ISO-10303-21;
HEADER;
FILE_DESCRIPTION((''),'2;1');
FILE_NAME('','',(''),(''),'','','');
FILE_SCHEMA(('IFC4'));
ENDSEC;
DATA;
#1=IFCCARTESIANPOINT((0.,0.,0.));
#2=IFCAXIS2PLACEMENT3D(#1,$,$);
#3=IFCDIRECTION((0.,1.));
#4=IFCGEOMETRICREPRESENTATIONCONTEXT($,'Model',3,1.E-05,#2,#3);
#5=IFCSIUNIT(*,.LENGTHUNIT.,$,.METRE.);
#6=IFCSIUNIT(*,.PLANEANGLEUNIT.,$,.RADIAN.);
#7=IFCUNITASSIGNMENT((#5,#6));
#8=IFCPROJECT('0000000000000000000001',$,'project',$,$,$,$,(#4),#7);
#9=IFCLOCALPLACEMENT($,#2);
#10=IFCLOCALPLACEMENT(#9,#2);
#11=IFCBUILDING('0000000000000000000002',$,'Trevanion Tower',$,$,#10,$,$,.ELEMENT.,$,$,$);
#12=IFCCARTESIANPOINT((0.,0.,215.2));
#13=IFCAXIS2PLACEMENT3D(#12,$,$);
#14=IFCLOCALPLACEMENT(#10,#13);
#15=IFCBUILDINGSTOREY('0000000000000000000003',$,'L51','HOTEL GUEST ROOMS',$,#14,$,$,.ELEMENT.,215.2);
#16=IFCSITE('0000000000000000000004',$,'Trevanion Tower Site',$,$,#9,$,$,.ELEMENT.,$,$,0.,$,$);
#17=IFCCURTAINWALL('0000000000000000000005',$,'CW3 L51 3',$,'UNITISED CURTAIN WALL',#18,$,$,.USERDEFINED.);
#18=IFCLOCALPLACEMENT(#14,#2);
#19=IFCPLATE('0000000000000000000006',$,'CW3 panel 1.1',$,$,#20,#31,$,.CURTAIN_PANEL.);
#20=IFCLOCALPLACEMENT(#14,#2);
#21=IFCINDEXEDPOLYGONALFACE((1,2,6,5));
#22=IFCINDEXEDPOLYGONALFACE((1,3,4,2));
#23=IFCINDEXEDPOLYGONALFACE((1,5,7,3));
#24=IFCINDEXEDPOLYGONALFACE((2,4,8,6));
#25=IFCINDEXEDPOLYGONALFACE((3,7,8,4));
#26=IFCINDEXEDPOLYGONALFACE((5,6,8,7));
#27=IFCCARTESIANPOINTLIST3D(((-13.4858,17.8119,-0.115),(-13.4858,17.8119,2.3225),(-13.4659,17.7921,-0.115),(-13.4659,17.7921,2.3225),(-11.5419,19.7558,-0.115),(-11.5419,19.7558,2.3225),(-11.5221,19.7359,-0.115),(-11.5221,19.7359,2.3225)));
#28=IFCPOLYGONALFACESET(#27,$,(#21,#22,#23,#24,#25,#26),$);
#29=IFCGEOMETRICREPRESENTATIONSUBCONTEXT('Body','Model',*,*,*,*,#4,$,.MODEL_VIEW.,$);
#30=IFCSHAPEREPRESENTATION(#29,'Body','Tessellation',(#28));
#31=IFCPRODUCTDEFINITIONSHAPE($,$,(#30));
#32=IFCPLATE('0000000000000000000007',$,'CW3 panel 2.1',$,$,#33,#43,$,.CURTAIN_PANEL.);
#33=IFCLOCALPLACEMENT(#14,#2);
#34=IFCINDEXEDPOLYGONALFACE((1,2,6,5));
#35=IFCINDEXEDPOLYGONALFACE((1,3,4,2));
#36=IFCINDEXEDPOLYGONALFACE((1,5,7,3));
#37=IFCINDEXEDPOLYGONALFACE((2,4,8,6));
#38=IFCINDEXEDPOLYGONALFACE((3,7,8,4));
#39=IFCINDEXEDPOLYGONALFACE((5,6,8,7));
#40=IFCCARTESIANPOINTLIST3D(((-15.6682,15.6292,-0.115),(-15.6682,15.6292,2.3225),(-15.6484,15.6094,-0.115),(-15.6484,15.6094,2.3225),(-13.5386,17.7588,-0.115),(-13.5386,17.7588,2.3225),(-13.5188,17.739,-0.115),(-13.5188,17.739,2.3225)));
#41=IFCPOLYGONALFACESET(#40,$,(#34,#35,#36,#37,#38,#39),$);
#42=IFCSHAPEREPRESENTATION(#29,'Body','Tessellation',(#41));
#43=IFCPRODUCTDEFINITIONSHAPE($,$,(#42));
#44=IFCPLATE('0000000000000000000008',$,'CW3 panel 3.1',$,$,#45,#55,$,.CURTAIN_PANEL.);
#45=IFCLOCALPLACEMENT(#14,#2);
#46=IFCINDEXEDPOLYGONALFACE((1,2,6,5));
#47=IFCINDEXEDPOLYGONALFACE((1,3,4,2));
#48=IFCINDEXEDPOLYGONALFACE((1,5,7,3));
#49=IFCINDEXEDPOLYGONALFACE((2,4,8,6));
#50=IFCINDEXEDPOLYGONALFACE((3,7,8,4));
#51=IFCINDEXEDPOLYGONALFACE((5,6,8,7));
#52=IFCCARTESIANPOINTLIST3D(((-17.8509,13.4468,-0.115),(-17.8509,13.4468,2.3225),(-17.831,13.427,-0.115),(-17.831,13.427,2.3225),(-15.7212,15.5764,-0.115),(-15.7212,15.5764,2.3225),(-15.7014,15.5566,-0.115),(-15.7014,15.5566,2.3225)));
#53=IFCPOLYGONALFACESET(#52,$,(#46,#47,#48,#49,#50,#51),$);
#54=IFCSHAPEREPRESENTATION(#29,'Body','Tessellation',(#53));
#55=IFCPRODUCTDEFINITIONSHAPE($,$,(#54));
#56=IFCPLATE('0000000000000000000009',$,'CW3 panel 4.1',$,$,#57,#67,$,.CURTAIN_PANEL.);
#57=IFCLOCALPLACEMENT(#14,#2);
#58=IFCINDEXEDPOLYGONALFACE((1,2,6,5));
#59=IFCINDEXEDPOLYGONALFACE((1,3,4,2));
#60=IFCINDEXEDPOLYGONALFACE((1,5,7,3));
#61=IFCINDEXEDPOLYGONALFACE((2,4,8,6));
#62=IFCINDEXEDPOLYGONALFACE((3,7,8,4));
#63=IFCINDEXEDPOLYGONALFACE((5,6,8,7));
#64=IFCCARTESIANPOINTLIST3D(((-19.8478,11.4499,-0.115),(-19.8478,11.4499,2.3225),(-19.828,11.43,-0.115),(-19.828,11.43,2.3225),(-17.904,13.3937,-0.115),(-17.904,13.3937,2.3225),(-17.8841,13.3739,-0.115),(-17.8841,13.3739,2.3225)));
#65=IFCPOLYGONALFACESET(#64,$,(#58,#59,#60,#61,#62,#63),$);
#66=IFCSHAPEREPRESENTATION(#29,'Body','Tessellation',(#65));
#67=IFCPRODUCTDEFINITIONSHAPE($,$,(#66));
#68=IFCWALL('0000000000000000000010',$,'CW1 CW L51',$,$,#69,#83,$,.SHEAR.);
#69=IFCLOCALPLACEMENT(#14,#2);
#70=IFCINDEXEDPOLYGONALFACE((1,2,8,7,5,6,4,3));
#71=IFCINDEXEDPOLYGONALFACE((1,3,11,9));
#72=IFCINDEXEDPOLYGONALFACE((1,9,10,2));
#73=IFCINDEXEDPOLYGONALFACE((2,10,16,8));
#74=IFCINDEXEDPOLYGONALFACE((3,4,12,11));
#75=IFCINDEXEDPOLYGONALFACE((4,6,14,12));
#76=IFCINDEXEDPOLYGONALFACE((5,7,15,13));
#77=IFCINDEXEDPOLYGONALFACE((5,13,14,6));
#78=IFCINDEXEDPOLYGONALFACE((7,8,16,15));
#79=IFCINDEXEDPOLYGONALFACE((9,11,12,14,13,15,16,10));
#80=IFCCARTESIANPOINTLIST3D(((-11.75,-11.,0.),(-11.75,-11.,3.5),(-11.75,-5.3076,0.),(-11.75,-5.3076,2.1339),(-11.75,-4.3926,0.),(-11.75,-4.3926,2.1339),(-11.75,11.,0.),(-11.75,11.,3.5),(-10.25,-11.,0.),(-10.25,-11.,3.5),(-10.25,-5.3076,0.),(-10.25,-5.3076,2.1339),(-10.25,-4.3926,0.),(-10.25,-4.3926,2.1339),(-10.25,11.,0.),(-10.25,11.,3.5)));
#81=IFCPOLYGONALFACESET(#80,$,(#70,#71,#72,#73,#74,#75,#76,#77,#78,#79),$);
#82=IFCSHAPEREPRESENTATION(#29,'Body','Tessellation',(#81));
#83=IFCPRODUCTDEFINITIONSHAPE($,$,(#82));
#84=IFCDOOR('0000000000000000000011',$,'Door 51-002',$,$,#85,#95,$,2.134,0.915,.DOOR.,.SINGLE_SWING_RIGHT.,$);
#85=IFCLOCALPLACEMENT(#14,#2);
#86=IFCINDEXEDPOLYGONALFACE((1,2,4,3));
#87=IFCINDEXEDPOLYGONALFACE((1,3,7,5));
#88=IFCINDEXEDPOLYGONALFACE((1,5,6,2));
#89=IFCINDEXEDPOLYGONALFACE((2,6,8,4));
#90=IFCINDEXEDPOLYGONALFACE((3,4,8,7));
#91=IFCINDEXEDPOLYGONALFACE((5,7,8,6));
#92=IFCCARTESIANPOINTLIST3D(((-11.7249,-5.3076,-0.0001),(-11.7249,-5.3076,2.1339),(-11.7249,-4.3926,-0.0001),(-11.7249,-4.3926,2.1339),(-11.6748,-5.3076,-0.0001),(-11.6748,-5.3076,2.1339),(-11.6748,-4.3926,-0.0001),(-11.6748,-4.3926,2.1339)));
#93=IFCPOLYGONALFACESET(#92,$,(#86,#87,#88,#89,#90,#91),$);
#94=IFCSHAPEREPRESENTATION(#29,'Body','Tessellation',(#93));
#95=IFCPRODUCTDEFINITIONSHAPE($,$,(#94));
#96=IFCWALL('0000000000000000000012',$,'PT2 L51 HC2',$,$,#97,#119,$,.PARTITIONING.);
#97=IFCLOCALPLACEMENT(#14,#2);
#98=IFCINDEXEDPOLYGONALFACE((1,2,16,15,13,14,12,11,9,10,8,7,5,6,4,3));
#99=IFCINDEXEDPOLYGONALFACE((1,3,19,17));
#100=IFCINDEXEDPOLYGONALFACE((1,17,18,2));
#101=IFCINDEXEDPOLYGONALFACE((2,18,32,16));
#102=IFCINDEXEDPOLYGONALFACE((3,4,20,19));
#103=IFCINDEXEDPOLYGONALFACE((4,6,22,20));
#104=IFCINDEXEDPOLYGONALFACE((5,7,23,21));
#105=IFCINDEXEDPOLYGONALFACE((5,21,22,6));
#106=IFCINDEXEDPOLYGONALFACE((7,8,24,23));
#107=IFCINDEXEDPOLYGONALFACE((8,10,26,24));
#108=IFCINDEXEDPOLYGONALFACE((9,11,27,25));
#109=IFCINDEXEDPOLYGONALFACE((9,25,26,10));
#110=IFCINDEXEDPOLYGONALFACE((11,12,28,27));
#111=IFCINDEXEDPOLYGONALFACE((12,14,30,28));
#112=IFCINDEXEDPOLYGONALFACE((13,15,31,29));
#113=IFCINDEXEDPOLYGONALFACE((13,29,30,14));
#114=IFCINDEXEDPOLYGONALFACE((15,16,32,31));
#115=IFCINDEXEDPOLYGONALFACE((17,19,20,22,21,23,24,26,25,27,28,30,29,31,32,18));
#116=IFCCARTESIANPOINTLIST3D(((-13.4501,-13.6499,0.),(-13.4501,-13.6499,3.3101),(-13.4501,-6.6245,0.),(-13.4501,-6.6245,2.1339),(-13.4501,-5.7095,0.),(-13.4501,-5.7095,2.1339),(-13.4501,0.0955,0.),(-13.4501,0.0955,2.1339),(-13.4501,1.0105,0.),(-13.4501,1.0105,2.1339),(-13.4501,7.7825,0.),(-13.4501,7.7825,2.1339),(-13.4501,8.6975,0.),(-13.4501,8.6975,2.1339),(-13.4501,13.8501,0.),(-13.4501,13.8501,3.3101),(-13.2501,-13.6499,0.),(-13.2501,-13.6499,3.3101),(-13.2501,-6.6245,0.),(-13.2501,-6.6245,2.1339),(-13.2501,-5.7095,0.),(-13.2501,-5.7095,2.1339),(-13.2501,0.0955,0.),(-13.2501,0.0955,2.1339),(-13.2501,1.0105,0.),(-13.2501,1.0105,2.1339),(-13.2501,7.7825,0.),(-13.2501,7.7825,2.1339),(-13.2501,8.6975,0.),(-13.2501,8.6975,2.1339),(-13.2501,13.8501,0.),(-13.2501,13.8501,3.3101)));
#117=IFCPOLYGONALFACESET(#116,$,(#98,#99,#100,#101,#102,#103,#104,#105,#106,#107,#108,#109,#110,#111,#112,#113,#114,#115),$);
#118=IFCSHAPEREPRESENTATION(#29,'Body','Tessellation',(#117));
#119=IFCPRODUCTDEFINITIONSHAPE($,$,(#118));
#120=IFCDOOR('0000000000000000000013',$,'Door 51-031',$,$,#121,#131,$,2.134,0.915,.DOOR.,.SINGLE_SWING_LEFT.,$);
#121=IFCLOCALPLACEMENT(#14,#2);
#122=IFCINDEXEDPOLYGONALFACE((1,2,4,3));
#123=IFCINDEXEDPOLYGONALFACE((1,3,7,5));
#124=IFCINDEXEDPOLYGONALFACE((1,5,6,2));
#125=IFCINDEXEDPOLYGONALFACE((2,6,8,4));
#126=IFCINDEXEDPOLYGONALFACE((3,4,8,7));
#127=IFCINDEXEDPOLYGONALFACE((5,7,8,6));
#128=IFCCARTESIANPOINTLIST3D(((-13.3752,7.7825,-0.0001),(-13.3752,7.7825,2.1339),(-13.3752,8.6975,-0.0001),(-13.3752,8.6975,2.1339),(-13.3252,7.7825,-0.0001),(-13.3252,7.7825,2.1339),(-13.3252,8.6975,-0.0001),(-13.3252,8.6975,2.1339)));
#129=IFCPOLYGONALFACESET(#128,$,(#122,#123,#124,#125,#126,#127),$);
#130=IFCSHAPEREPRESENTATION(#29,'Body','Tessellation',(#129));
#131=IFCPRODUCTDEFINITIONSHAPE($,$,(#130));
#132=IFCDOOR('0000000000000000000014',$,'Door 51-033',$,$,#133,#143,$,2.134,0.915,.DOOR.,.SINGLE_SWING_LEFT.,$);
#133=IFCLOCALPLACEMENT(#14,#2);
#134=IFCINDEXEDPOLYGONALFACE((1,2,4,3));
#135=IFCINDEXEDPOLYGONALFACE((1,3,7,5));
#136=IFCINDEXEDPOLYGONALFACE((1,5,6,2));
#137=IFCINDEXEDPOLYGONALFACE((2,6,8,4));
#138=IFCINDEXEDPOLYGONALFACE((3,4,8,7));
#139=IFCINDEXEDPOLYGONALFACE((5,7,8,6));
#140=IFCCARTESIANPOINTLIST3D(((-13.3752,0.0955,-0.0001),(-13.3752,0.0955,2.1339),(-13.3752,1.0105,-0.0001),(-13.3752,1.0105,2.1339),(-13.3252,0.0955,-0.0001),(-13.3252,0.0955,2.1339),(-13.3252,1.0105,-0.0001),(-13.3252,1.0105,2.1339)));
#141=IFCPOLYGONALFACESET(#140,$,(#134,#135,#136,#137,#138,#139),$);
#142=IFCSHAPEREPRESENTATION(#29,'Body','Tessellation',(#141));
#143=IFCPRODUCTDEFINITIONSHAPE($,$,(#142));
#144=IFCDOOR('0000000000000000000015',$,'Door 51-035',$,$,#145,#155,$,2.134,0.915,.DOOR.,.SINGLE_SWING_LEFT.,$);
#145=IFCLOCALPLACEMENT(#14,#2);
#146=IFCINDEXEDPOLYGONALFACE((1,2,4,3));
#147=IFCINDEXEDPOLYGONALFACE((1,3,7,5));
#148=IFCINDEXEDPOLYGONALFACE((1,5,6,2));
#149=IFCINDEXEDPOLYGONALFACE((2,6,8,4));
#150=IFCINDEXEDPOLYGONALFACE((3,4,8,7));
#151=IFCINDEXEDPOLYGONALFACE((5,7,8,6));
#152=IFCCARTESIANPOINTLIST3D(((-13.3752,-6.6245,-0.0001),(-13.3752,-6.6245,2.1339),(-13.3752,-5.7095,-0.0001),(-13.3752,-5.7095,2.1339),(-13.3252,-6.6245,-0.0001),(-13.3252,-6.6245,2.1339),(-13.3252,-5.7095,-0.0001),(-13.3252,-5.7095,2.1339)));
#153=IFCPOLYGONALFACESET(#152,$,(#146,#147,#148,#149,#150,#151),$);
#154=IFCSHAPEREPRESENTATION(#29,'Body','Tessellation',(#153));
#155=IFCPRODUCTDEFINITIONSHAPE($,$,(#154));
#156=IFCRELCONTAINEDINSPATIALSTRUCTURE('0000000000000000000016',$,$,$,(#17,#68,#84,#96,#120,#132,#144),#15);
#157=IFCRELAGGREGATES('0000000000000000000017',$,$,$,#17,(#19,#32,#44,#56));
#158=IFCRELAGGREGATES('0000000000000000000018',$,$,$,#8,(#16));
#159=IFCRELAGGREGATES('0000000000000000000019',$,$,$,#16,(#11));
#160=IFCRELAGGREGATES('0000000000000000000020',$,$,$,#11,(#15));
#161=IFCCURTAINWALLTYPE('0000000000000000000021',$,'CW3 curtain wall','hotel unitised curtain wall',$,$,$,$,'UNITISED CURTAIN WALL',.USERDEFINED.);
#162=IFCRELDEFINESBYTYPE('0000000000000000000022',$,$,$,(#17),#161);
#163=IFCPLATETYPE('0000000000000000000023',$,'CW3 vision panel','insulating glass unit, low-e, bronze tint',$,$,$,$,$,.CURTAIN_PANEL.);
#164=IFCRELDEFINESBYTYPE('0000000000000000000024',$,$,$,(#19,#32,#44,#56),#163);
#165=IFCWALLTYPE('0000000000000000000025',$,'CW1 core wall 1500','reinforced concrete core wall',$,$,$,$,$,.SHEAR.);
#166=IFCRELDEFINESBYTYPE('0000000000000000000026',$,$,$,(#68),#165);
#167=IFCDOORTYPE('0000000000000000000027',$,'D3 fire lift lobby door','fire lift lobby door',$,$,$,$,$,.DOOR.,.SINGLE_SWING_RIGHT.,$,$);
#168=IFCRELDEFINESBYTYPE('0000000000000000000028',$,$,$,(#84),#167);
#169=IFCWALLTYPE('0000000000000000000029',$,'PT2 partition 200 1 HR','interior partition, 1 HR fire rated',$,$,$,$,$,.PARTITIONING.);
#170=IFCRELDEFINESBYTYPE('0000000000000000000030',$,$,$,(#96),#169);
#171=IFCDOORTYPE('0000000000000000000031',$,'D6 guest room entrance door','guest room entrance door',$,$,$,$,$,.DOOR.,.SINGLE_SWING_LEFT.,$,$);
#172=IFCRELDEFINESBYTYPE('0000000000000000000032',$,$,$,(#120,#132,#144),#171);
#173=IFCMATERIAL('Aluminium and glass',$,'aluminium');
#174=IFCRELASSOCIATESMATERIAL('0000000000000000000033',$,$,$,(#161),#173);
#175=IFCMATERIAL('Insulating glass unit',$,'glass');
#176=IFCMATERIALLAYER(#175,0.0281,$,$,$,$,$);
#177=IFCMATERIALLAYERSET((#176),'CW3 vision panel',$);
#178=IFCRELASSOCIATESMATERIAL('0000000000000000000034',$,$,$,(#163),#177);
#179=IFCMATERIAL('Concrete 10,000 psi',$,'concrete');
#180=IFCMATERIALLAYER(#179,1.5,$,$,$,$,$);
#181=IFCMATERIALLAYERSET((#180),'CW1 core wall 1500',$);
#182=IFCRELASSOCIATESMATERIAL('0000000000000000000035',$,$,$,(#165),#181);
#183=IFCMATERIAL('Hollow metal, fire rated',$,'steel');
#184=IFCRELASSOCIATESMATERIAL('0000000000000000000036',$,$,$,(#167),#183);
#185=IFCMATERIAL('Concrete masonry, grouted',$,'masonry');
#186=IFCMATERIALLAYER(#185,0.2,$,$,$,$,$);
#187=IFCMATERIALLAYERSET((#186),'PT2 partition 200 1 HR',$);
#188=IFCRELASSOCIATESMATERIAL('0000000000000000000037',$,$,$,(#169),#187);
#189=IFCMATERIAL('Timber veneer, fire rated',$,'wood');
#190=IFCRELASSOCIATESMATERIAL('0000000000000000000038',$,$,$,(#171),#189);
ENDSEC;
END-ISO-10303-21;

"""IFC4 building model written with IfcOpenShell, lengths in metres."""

from ifc_helpers import new_model, si_unit, direction, frame, frame_2d, origin, origin_2d, place, context, subcontext, project, spatial, rectangle, extrude, material, layer, layer_set, type_object, element, fill, aggregate, save


model = new_model("IFC4")

# Units and contexts
model_context = context("Model", 3, precision=1e-05, world=origin(), true_north=direction((0.0, 1.0)))
body_context = subcontext(model_context, "Body", "Model", "MODEL_VIEW")
ifc_project = project(units=[si_unit("LENGTHUNIT", "METRE"), si_unit("PLANEANGLEUNIT", "RADIAN")], contexts=[model_context])

# Site, building, storey
site_placement = place(None, origin())
site = spatial("IfcSite", under=ifc_project, at=site_placement, Name="Trevanion Tower Site", CompositionType="ELEMENT", RefElevation=0.0)
building_placement = place(site_placement, origin())
building = spatial("IfcBuilding", under=site, at=building_placement, Name="Trevanion Tower", CompositionType="ELEMENT")
storey_placement = place(building_placement, frame((0.0, 0.0, 215.2)))
storey = spatial("IfcBuildingStorey", under=building, at=storey_placement, Name="L51", Description="HOTEL GUEST ROOMS", CompositionType="ELEMENT", Elevation=215.2)

# Curtain wall
ifc_material_1 = material(Name="Aluminium and glass", Category="aluminium")
curtain_wall_type = type_object("IfcCurtainWallType", Name="CW3 curtain wall", Description="hotel unitised curtain wall", ElementType="UNITISED CURTAIN WALL", PredefinedType="USERDEFINED", material=ifc_material_1)
curtain_wall_1_placement = place(storey_placement, origin())
curtain_wall_1 = element("IfcCurtainWall", 1, at=curtain_wall_1_placement, inside=storey, type_object=curtain_wall_type, Name="CW3 L51 3", ObjectType="UNITISED CURTAIN WALL", PredefinedType="USERDEFINED")

# Plates
ifc_material_2 = material(Name="Insulating glass unit", Category="glass")
ifc_layer_1 = layer(ifc_material_2, 0.0281)
ifc_layer_set_1 = layer_set([ifc_layer_1], Name="CW3 vision panel")
plate_type_1 = type_object("IfcPlateType", Name="CW3 vision panel", Description="insulating glass unit, low-e, bronze tint", PredefinedType="CURTAIN_PANEL", material=ifc_layer_set_1)
plate_1_placement = place(storey_placement, frame((-12.5039, 18.7739, -0.115), z_axis=(0.0, 0.0, 1.0), x_axis=(-0.707107, -0.707107, 0.0)))
plate_1 = element("IfcPlate", 2, at=plate_1_placement, type_object=plate_type_1, Name="CW3 panel 1.1", PredefinedType="CURTAIN_PANEL", context=body_context, shape_type="SweptSolid", body=[
    extrude(rectangle(XDim=2.749, YDim=0.0281, at=origin_2d()), origin(), (0.0, 0.0, 1.0), 2.4375),
])
plate_2_placement = place(storey_placement, frame((-14.5935, 16.6841, -0.115), z_axis=(0.0, 0.0, 1.0), x_axis=(-0.707107, -0.707107, 0.0)))
plate_2 = element("IfcPlate", 3, at=plate_2_placement, type_object=plate_type_1, Name="CW3 panel 2.1", PredefinedType="CURTAIN_PANEL", context=body_context, shape_type="SweptSolid", body=[
    extrude(rectangle(XDim=3.0117, YDim=0.0281, at=origin_2d()), origin(), (0.0, 0.0, 1.0), 2.4375),
])
plate_3_placement = place(storey_placement, frame((-16.7761, 14.5017, -0.115), z_axis=(0.0, 0.0, 1.0), x_axis=(-0.707107, -0.707107, 0.0)))
plate_3 = element("IfcPlate", 4, at=plate_3_placement, type_object=plate_type_1, Name="CW3 panel 3.1", PredefinedType="CURTAIN_PANEL", context=body_context, shape_type="SweptSolid", body=[
    extrude(rectangle(XDim=3.0117, YDim=0.0281, at=origin_2d()), origin(), (0.0, 0.0, 1.0), 2.4375),
])
plate_4_placement = place(storey_placement, frame((-18.866, 12.4119, -0.115), z_axis=(0.0, 0.0, 1.0), x_axis=(-0.707107, -0.707107, 0.0)))
plate_4 = element("IfcPlate", 5, at=plate_4_placement, type_object=plate_type_1, Name="CW3 panel 4.1", PredefinedType="CURTAIN_PANEL", context=body_context, shape_type="SweptSolid", body=[
    extrude(rectangle(XDim=2.749, YDim=0.0281, at=origin_2d()), origin(), (0.0, 0.0, 1.0), 2.4375),
])
aggregate(curtain_wall_1, [plate_1, plate_2, plate_3, plate_4])

# Wall, opening, door
ifc_material_3 = material(Name="Concrete 10,000 psi", Category="concrete")
ifc_layer_2 = layer(ifc_material_3, 1.5)
ifc_layer_set_2 = layer_set([ifc_layer_2], Name="CW1 core wall 1500")
wall_type_1 = type_object("IfcWallType", Name="CW1 core wall 1500", Description="reinforced concrete core wall", PredefinedType="SHEAR", material=ifc_layer_set_2)
wall_1_placement = place(storey_placement, frame((-11.0, 11.0, 0.0), z_axis=(0.0, 0.0, 1.0), x_axis=(0.0, -1.0, 0.0)))
wall_1 = element("IfcWall", 6, at=wall_1_placement, inside=storey, type_object=wall_type_1, Name="CW1 CW L51", PredefinedType="SHEAR", context=body_context, shape_type="SweptSolid", body=[
    extrude(rectangle(XDim=22.0, YDim=1.5, at=frame_2d((11.0, 0.0))), origin(), (0.0, 0.0, 1.0), 3.5),
])
opening_1_placement = place(wall_1_placement, frame((15.3926, 0.0, 0.0)))
opening_1 = element("IfcOpeningElement", 7, at=opening_1_placement, cuts=wall_1, PredefinedType="OPENING", context=body_context, shape_type="SweptSolid", body=[
    extrude(rectangle(XDim=0.915, YDim=2.134, at=frame_2d((0.4575, 1.0669))), frame((0.0, 0.76, 0.0), z_axis=(0.0, -1.0, 0.0), x_axis=(1.0, 0.0, 0.0)), (0.0, 0.0, 1.0), 1.52),
])
ifc_material_4 = material(Name="Hollow metal, fire rated", Category="steel")
door_type_1 = type_object("IfcDoorType", Name="D3 fire lift lobby door", Description="fire lift lobby door", OperationType="SINGLE_SWING_RIGHT", PredefinedType="DOOR", material=ifc_material_4)
door_1_placement = place(opening_1_placement, origin())
door_1 = element("IfcDoor", 8, at=door_1_placement, inside=storey, type_object=door_type_1, Name="Door 51-002", OperationType="SINGLE_SWING_RIGHT", OverallHeight=2.134, OverallWidth=0.915, PredefinedType="DOOR", context=body_context, shape_type="SweptSolid", body=[
    extrude(rectangle(XDim=0.915, YDim=2.134, at=frame_2d((0.4575, 1.0669))), frame((0.0, -0.6748, 0.0), z_axis=(0.0, -1.0, 0.0), x_axis=(1.0, 0.0, 0.0)), (0.0, 0.0, 1.0), 0.05),
])
fill(opening_1, door_1)

# Wall, openings, doors
ifc_material_5 = material(Name="Concrete masonry, grouted", Category="masonry")
ifc_layer_3 = layer(ifc_material_5, 0.2)
ifc_layer_set_3 = layer_set([ifc_layer_3], Name="PT2 partition 200 1 HR")
wall_type_2 = type_object("IfcWallType", Name="PT2 partition 200 1 HR", Description="interior partition, 1 HR fire rated", PredefinedType="PARTITIONING", material=ifc_layer_set_3)
wall_2_placement = place(storey_placement, frame((-13.3501, 13.8501, 0.0), z_axis=(0.0, 0.0, 1.0), x_axis=(0.0, -1.0, 0.0)))
wall_2 = element("IfcWall", 9, at=wall_2_placement, inside=storey, type_object=wall_type_2, Name="PT2 L51 HC2", PredefinedType="PARTITIONING", context=body_context, shape_type="SweptSolid", body=[
    extrude(rectangle(XDim=27.5, YDim=0.2, at=frame_2d((13.75, 0.0))), origin(), (0.0, 0.0, 1.0), 3.3101),
])
opening_2_placement = place(wall_2_placement, frame((5.1526, 0.0, 0.0)))
opening_2 = element("IfcOpeningElement", 10, at=opening_2_placement, cuts=wall_2, PredefinedType="OPENING", context=body_context, shape_type="SweptSolid", body=[
    extrude(rectangle(XDim=0.915, YDim=2.134, at=frame_2d((0.4575, 1.0669))), frame((0.0, 0.1099, 0.0), z_axis=(0.0, -1.0, 0.0), x_axis=(1.0, 0.0, 0.0)), (0.0, 0.0, 1.0), 0.22),
])
opening_3_placement = place(wall_2_placement, frame((12.8396, 0.0, 0.0)))
opening_3 = element("IfcOpeningElement", 11, at=opening_3_placement, cuts=wall_2, PredefinedType="OPENING", context=body_context, shape_type="SweptSolid", body=[
    extrude(rectangle(XDim=0.915, YDim=2.134, at=frame_2d((0.4575, 1.0669))), frame((0.0, 0.1099, 0.0), z_axis=(0.0, -1.0, 0.0), x_axis=(1.0, 0.0, 0.0)), (0.0, 0.0, 1.0), 0.22),
])
opening_4_placement = place(wall_2_placement, frame((19.5596, 0.0, 0.0)))
opening_4 = element("IfcOpeningElement", 12, at=opening_4_placement, cuts=wall_2, PredefinedType="OPENING", context=body_context, shape_type="SweptSolid", body=[
    extrude(rectangle(XDim=0.915, YDim=2.134, at=frame_2d((0.4575, 1.0669))), frame((0.0, 0.1099, 0.0), z_axis=(0.0, -1.0, 0.0), x_axis=(1.0, 0.0, 0.0)), (0.0, 0.0, 1.0), 0.22),
])
ifc_material_6 = material(Name="Timber veneer, fire rated", Category="wood")
door_type_2 = type_object("IfcDoorType", Name="D6 guest room entrance door", Description="guest room entrance door", OperationType="SINGLE_SWING_LEFT", PredefinedType="DOOR", material=ifc_material_6)
door_2_placement = place(opening_2_placement, origin())
door_2 = element("IfcDoor", 13, at=door_2_placement, inside=storey, type_object=door_type_2, Name="Door 51-031", OperationType="SINGLE_SWING_LEFT", OverallHeight=2.134, OverallWidth=0.915, PredefinedType="DOOR", context=body_context, shape_type="SweptSolid", body=[
    extrude(rectangle(XDim=0.915, YDim=2.134, at=frame_2d((0.4575, 1.0669))), frame((0.0, 0.0249, 0.0), z_axis=(0.0, -1.0, 0.0), x_axis=(1.0, 0.0, 0.0)), (0.0, 0.0, 1.0), 0.05),
])
fill(opening_2, door_2)
door_3_placement = place(opening_3_placement, origin())
door_3 = element("IfcDoor", 14, at=door_3_placement, inside=storey, type_object=door_type_2, Name="Door 51-033", OperationType="SINGLE_SWING_LEFT", OverallHeight=2.134, OverallWidth=0.915, PredefinedType="DOOR", context=body_context, shape_type="SweptSolid", body=[
    extrude(rectangle(XDim=0.915, YDim=2.134, at=frame_2d((0.4575, 1.0669))), frame((0.0, 0.0249, 0.0), z_axis=(0.0, -1.0, 0.0), x_axis=(1.0, 0.0, 0.0)), (0.0, 0.0, 1.0), 0.05),
])
fill(opening_3, door_3)
door_4_placement = place(opening_4_placement, origin())
door_4 = element("IfcDoor", 15, at=door_4_placement, inside=storey, type_object=door_type_2, Name="Door 51-035", OperationType="SINGLE_SWING_LEFT", OverallHeight=2.134, OverallWidth=0.915, PredefinedType="DOOR", context=body_context, shape_type="SweptSolid", body=[
    extrude(rectangle(XDim=0.915, YDim=2.134, at=frame_2d((0.4575, 1.0669))), frame((0.0, 0.0249, 0.0), z_axis=(0.0, -1.0, 0.0), x_axis=(1.0, 0.0, 0.0)), (0.0, 0.0, 1.0), 0.05),
])
fill(opening_4, door_4)

save(model, "model.ifc")
